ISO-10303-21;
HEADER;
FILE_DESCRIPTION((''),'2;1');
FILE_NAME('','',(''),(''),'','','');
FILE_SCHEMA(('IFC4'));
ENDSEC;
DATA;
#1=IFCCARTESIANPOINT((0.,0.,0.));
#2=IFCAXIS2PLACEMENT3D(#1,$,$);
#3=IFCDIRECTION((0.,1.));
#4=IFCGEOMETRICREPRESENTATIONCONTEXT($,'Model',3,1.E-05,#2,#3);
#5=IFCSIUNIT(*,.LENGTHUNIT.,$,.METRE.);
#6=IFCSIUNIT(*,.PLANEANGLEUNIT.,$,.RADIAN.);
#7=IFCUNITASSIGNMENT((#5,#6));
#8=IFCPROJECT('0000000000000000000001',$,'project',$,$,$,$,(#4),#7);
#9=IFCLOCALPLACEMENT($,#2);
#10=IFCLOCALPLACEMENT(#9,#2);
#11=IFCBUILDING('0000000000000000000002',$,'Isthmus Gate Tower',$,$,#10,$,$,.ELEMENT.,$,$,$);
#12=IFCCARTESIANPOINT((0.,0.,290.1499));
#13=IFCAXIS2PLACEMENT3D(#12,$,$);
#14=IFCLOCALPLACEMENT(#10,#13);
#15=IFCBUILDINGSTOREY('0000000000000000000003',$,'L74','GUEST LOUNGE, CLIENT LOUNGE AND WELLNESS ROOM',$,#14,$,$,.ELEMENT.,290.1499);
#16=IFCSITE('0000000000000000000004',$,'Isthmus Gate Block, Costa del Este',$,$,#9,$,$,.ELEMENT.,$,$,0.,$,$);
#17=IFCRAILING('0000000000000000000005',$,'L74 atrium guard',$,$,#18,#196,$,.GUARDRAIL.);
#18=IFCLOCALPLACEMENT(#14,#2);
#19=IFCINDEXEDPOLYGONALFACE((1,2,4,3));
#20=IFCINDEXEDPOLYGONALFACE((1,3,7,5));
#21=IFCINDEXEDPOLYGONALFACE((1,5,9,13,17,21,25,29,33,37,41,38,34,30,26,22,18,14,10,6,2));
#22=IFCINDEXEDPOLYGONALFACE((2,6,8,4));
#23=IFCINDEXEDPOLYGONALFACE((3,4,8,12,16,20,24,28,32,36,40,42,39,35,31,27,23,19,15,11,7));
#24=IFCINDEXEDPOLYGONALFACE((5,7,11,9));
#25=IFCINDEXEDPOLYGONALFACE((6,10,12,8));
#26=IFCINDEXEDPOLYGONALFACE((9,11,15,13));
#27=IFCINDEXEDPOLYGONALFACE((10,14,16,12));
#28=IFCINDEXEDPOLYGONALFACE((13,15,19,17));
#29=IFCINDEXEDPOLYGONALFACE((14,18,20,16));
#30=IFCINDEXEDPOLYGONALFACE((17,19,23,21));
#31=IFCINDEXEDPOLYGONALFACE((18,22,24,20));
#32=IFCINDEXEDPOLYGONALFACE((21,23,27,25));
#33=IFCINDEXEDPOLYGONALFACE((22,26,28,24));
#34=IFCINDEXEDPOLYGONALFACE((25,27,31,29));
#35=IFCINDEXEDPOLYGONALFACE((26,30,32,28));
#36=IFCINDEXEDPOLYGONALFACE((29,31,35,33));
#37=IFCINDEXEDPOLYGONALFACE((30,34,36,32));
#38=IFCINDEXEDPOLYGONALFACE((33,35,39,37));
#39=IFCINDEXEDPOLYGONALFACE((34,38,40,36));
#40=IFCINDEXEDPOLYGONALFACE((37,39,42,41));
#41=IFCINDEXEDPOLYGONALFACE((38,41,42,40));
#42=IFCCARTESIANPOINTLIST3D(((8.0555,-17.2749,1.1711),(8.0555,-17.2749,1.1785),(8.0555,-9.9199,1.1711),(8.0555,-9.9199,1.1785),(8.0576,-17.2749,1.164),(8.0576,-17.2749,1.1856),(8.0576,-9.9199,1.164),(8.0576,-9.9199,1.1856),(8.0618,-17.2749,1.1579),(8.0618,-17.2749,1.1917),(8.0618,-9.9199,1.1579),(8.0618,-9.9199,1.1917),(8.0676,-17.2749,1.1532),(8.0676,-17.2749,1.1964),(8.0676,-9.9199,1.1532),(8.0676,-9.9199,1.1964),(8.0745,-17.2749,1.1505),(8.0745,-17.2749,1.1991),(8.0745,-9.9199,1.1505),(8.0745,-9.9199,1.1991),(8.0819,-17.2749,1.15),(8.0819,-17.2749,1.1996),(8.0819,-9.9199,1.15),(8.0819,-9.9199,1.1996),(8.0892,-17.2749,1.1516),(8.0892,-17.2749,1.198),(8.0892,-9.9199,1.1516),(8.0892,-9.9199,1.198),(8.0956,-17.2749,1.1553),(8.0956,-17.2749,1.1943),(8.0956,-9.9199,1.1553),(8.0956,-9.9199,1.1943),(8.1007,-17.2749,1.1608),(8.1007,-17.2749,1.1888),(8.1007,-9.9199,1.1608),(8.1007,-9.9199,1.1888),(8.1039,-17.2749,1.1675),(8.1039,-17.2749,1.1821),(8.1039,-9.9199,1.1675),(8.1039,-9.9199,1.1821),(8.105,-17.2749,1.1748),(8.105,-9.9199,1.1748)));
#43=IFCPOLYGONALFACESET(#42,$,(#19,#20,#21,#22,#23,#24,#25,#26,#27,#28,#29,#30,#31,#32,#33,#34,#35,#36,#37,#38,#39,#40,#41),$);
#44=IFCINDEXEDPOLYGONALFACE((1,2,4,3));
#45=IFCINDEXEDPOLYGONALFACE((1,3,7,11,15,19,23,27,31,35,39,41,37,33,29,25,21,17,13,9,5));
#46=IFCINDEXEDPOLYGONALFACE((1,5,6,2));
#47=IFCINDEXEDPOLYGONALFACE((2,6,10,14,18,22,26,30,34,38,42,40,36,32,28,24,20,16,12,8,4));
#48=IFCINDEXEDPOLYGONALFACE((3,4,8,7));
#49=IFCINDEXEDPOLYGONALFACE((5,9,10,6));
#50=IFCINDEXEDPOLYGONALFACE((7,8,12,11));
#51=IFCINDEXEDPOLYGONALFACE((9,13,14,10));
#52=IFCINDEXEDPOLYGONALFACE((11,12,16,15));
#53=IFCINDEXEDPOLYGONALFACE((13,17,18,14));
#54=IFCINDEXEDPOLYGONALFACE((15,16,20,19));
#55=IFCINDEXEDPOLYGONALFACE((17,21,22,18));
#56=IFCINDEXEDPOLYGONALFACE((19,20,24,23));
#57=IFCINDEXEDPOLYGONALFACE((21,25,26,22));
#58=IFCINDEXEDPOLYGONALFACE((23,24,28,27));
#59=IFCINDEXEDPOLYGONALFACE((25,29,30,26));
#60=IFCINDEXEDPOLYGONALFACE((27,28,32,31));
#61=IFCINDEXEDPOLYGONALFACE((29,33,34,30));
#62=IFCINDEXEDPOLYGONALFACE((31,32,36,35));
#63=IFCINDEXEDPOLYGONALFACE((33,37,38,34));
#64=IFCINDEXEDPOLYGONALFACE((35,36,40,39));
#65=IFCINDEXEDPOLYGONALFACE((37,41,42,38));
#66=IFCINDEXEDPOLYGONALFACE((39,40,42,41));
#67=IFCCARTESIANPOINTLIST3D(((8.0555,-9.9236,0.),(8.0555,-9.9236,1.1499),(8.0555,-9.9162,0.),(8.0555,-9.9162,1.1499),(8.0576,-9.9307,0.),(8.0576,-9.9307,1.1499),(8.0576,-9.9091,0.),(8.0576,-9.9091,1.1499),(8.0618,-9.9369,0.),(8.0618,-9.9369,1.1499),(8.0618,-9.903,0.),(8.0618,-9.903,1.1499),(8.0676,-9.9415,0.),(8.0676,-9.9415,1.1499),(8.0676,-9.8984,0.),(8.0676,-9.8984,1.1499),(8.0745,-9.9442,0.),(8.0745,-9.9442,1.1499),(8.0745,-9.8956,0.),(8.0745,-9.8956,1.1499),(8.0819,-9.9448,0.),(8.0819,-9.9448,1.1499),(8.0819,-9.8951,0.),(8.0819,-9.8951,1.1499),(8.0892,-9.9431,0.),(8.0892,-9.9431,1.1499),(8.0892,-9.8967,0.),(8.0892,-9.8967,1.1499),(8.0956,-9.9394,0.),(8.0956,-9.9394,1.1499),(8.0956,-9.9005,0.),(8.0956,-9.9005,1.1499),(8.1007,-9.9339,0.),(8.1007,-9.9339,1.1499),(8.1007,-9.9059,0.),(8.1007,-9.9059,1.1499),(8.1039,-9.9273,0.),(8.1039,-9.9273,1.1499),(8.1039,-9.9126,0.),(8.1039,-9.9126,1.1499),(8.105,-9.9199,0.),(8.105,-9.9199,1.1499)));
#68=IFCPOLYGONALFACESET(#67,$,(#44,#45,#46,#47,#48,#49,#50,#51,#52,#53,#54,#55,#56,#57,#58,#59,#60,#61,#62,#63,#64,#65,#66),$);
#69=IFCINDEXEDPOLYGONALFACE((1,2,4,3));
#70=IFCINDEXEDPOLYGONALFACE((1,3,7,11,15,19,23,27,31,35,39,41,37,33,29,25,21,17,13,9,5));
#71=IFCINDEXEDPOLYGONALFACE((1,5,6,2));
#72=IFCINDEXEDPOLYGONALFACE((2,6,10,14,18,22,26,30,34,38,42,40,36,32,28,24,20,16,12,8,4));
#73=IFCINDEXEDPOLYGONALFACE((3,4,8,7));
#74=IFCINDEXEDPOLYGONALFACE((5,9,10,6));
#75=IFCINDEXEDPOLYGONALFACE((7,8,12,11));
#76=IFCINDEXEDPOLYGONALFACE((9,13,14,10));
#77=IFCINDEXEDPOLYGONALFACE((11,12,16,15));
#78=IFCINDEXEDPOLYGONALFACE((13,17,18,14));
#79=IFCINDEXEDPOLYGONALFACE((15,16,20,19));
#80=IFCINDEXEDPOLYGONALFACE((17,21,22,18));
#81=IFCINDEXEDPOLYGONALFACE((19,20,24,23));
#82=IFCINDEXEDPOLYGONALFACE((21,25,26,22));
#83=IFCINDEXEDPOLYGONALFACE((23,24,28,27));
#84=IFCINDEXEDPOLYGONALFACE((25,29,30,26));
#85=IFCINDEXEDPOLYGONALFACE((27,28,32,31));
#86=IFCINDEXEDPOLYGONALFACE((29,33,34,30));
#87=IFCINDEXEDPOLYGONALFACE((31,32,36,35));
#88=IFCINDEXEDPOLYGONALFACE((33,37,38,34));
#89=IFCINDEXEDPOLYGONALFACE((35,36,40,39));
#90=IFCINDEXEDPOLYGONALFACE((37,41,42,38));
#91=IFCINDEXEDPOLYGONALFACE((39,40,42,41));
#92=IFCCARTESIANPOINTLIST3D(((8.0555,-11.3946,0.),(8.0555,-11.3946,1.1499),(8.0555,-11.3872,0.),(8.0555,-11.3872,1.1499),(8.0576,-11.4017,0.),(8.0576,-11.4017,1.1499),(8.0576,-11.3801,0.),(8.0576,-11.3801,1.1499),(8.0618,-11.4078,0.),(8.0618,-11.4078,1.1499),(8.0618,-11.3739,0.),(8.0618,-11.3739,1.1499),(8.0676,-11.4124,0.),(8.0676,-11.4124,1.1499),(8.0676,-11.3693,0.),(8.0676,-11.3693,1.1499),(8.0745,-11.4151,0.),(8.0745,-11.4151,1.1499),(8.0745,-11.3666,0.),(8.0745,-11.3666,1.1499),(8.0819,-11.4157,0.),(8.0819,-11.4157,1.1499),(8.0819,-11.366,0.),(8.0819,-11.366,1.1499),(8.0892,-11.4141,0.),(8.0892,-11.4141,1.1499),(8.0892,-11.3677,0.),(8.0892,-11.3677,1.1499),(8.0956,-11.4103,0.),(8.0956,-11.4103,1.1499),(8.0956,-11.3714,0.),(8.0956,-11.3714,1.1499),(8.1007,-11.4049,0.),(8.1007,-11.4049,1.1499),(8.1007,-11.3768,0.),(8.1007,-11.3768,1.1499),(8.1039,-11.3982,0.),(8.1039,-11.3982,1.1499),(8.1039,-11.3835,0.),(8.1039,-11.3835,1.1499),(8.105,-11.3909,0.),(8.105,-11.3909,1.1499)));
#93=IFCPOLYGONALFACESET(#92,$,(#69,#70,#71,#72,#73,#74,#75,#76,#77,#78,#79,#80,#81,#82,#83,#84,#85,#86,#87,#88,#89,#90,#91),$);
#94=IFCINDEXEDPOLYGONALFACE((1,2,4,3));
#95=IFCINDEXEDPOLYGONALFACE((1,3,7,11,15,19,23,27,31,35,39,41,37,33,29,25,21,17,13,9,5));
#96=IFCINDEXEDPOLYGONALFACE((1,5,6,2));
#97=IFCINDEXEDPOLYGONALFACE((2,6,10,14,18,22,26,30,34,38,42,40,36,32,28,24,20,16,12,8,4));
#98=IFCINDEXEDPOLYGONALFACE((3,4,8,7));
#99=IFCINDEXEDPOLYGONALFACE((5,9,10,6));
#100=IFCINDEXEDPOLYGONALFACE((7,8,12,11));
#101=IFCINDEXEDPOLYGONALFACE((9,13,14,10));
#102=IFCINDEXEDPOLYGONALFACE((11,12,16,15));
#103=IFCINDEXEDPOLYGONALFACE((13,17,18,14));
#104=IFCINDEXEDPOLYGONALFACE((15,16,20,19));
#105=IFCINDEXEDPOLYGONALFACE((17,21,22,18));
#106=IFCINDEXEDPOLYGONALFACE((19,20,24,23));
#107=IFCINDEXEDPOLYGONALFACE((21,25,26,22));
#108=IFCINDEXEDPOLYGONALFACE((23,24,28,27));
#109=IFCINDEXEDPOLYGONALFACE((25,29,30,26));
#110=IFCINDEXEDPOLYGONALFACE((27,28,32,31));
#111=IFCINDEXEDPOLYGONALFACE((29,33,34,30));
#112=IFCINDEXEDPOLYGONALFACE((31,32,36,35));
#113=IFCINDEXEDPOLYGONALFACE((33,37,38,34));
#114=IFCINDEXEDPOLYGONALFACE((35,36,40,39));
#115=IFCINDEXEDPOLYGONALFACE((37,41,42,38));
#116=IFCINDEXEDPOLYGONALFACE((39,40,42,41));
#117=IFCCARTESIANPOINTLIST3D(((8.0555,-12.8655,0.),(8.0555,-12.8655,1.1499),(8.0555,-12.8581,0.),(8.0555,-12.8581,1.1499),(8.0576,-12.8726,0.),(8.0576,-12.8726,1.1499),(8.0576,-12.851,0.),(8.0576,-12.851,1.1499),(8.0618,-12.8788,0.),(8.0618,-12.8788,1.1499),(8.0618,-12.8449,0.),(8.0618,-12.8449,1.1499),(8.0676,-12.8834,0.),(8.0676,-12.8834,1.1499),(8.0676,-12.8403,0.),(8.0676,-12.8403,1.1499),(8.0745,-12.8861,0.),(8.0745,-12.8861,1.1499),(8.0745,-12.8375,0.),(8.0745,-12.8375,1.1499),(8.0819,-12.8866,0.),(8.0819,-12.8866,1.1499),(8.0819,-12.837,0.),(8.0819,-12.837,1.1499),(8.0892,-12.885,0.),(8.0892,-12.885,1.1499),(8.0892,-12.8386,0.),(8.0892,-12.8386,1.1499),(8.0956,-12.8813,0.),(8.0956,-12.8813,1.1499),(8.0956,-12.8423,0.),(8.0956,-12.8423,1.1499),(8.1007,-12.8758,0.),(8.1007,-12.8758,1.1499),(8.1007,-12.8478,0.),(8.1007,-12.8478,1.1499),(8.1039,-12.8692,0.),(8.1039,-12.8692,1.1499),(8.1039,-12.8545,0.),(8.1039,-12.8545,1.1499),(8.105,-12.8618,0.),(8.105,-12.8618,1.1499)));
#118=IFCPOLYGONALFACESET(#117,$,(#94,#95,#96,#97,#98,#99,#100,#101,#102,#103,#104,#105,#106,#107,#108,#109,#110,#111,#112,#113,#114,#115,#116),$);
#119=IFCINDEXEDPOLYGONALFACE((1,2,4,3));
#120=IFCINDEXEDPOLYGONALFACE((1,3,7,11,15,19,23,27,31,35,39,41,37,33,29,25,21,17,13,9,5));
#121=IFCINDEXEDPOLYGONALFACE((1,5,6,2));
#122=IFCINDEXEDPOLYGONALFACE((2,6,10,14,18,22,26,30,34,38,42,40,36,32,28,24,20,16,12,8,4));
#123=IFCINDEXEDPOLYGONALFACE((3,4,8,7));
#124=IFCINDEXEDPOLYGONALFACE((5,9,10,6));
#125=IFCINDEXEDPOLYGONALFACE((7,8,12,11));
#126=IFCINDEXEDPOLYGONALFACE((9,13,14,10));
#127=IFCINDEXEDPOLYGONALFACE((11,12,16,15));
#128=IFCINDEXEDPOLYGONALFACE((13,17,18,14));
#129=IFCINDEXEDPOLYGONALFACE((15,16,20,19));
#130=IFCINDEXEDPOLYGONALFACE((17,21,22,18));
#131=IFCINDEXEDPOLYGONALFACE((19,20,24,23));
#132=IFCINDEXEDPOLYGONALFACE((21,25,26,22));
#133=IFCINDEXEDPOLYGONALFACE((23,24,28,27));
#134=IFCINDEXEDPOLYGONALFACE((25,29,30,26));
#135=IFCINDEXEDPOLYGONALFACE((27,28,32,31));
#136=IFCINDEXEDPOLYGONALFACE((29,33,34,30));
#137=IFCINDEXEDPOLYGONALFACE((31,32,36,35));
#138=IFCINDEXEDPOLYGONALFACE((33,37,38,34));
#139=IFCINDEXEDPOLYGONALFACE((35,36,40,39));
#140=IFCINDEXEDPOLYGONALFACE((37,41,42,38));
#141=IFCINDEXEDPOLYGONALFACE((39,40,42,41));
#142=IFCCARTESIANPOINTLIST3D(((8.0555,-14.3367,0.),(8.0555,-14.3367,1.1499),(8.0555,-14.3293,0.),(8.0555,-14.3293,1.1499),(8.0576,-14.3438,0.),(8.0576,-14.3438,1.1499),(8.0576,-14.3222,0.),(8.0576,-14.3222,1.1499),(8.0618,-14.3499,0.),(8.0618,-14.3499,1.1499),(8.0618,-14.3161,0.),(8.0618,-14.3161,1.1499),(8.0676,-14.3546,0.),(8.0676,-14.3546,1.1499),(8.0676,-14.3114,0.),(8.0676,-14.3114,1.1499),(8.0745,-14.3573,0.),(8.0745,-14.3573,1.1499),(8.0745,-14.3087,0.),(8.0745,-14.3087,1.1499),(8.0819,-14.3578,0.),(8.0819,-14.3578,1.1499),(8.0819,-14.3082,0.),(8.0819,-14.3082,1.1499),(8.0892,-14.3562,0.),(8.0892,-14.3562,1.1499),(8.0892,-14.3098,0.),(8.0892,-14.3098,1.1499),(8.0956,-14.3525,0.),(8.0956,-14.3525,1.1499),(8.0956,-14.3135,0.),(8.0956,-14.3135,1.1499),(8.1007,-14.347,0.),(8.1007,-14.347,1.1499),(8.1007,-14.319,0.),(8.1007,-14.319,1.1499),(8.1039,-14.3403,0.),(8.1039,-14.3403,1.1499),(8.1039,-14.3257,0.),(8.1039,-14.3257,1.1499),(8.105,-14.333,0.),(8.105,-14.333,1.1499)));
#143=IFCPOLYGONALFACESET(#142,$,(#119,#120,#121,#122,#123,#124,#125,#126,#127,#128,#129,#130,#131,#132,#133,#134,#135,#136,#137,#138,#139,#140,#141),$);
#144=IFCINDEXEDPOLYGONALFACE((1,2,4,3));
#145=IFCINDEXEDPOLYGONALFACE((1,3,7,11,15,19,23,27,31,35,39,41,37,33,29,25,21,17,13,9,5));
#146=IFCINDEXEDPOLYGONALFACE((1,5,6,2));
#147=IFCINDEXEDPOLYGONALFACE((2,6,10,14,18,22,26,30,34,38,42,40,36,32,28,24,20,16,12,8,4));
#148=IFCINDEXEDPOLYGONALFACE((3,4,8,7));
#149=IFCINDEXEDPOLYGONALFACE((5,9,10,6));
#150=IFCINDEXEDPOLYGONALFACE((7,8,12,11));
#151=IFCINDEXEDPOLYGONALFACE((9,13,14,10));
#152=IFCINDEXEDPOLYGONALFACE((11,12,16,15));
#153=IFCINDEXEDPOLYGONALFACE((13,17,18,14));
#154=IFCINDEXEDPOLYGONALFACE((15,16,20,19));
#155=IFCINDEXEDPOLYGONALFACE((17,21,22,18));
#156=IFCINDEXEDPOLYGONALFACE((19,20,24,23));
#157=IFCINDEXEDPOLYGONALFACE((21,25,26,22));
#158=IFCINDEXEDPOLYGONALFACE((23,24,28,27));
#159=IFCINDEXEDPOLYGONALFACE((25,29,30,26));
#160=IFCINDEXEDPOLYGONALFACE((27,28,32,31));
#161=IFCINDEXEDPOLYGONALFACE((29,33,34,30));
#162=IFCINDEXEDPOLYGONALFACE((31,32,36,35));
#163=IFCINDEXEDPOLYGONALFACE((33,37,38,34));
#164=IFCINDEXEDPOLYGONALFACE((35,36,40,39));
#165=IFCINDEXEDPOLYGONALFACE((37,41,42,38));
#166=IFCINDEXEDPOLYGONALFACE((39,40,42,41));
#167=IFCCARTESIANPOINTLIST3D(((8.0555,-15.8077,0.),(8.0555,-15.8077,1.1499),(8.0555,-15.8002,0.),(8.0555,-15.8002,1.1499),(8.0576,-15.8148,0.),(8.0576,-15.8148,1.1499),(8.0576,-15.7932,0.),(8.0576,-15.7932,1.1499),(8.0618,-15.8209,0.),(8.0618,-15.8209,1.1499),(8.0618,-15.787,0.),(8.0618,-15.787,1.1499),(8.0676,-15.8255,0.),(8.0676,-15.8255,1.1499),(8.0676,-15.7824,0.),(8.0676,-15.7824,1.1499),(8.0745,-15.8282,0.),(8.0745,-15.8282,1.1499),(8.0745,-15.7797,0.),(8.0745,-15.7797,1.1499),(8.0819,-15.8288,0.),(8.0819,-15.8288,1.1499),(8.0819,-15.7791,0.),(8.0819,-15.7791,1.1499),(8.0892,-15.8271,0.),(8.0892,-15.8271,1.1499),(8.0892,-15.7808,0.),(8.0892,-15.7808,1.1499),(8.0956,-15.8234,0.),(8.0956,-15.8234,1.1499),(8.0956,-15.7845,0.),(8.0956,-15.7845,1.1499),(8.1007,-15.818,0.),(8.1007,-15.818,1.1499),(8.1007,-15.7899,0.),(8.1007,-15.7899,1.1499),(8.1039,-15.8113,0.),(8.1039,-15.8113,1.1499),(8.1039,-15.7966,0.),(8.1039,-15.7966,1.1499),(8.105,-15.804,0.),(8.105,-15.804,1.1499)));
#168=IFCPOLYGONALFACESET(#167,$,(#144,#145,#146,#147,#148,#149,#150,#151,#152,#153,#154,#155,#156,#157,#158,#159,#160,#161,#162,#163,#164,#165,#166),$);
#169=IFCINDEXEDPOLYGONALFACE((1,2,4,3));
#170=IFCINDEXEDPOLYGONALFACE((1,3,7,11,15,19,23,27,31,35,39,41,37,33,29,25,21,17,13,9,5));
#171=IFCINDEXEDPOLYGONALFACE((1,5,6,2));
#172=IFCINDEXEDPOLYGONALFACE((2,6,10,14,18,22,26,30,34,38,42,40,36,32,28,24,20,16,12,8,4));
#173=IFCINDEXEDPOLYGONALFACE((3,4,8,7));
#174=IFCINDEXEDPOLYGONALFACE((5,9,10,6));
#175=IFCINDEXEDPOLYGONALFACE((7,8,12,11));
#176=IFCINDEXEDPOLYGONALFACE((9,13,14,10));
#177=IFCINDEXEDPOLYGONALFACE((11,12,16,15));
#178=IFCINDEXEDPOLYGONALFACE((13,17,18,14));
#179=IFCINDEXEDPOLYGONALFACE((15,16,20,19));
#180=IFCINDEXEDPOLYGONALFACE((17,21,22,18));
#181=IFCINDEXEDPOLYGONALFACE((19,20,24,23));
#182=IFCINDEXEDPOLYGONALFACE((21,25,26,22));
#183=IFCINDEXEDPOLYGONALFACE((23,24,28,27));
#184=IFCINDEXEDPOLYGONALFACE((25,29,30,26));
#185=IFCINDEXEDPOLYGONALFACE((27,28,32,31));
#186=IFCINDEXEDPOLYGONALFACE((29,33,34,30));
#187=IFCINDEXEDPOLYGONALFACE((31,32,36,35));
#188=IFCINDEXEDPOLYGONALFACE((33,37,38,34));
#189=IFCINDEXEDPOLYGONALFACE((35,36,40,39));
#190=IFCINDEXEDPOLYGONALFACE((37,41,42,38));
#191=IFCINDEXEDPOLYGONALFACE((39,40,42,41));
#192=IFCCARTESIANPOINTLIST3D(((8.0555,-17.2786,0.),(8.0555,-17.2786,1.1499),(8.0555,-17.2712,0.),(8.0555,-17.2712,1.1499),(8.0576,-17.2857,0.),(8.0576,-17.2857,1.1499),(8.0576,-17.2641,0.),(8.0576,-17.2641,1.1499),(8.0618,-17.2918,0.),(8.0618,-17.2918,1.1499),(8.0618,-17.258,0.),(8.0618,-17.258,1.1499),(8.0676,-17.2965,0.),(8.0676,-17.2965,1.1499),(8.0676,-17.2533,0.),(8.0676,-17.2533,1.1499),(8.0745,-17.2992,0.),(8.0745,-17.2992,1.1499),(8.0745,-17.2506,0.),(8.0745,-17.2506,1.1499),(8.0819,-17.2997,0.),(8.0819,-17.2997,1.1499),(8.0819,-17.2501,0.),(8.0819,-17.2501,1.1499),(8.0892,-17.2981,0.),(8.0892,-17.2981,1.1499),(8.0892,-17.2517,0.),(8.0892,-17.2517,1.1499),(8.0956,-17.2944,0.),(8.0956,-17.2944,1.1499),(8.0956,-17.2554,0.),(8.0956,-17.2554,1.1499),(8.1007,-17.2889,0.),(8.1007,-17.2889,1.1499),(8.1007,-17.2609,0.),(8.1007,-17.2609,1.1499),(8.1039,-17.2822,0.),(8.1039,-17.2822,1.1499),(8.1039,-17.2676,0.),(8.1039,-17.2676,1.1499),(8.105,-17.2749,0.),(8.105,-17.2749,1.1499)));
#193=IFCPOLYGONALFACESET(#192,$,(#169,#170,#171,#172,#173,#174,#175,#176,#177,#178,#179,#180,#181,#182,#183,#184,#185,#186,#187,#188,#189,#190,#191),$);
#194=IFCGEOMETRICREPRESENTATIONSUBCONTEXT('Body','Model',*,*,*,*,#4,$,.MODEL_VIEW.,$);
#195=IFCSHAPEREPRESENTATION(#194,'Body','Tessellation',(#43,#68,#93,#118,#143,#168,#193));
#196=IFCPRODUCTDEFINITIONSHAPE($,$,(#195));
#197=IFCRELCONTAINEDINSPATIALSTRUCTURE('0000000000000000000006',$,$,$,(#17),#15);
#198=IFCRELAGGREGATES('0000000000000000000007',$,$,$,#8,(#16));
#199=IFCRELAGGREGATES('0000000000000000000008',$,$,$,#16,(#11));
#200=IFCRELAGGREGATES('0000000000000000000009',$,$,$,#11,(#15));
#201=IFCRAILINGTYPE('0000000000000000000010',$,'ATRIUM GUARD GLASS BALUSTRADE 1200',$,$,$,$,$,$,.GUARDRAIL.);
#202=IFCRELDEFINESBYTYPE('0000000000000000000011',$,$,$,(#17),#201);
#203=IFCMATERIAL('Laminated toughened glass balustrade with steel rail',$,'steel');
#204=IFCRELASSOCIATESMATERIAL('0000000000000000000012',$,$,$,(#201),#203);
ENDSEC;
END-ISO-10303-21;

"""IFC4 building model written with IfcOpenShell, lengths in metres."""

from ifc_helpers import new_model, si_unit, direction, frame, origin, origin_2d, place, context, subcontext, project, spatial, circle, extrude, material, type_object, element, save


model = new_model("IFC4")

# Units and contexts
model_context = context("Model", 3, precision=1e-05, world=origin(), true_north=direction((0.0, 1.0)))
body_context = subcontext(model_context, "Body", "Model", "MODEL_VIEW")
ifc_project = project(units=[si_unit("LENGTHUNIT", "METRE"), si_unit("PLANEANGLEUNIT", "RADIAN")], contexts=[model_context])

# Site, building, storey
site_placement = place(None, origin())
site = spatial("IfcSite", under=ifc_project, at=site_placement, Name="Isthmus Gate Block, Costa del Este", CompositionType="ELEMENT", RefElevation=0.0)
building_placement = place(site_placement, origin())
building = spatial("IfcBuilding", under=site, at=building_placement, Name="Isthmus Gate Tower", CompositionType="ELEMENT")
storey_placement = place(building_placement, frame((0.0, 0.0, 290.1499)))
storey = spatial("IfcBuildingStorey", under=building, at=storey_placement, Name="L74", Description="GUEST LOUNGE, CLIENT LOUNGE AND WELLNESS ROOM", CompositionType="ELEMENT", Elevation=290.1499)

# Railing
ifc_material_1 = material(Name="Laminated toughened glass balustrade with steel rail", Category="steel")
railing_type = type_object("IfcRailingType", Name="ATRIUM GUARD GLASS BALUSTRADE 1200", PredefinedType="GUARDRAIL", material=ifc_material_1)
railing_placement = place(storey_placement, frame((8.0801, -9.9199, 0.0)))
element("IfcRailing", 1, at=railing_placement, inside=storey, type_object=railing_type, Name="L74 atrium guard", PredefinedType="GUARDRAIL", context=body_context, shape_type="SweptSolid", body=[
    extrude(circle(Radius=0.0249, at=origin_2d()), frame((0.0, 0.0, 1.1748), z_axis=(0.0, -1.0, 0.0), x_axis=(1.0, 0.0, 0.0)), (0.0, 0.0, 1.0), 7.355),
    extrude(circle(Radius=0.0249, at=origin_2d()), origin(), (0.0, 0.0, 1.0), 1.1499),
    extrude(circle(Radius=0.0249, at=origin_2d()), frame((0.0, -1.4709, 0.0)), (0.0, 0.0, 1.0), 1.1499),
    extrude(circle(Radius=0.0249, at=origin_2d()), frame((0.0, -2.9419, 0.0)), (0.0, 0.0, 1.0), 1.1499),
    extrude(circle(Radius=0.0249, at=origin_2d()), frame((0.0, -4.4131, 0.0)), (0.0, 0.0, 1.0), 1.1499),
    extrude(circle(Radius=0.0249, at=origin_2d()), frame((0.0, -5.884, 0.0)), (0.0, 0.0, 1.0), 1.1499),
    extrude(circle(Radius=0.0249, at=origin_2d()), frame((0.0, -7.355, 0.0)), (0.0, 0.0, 1.0), 1.1499),
])

save(model, "model.ifc")
